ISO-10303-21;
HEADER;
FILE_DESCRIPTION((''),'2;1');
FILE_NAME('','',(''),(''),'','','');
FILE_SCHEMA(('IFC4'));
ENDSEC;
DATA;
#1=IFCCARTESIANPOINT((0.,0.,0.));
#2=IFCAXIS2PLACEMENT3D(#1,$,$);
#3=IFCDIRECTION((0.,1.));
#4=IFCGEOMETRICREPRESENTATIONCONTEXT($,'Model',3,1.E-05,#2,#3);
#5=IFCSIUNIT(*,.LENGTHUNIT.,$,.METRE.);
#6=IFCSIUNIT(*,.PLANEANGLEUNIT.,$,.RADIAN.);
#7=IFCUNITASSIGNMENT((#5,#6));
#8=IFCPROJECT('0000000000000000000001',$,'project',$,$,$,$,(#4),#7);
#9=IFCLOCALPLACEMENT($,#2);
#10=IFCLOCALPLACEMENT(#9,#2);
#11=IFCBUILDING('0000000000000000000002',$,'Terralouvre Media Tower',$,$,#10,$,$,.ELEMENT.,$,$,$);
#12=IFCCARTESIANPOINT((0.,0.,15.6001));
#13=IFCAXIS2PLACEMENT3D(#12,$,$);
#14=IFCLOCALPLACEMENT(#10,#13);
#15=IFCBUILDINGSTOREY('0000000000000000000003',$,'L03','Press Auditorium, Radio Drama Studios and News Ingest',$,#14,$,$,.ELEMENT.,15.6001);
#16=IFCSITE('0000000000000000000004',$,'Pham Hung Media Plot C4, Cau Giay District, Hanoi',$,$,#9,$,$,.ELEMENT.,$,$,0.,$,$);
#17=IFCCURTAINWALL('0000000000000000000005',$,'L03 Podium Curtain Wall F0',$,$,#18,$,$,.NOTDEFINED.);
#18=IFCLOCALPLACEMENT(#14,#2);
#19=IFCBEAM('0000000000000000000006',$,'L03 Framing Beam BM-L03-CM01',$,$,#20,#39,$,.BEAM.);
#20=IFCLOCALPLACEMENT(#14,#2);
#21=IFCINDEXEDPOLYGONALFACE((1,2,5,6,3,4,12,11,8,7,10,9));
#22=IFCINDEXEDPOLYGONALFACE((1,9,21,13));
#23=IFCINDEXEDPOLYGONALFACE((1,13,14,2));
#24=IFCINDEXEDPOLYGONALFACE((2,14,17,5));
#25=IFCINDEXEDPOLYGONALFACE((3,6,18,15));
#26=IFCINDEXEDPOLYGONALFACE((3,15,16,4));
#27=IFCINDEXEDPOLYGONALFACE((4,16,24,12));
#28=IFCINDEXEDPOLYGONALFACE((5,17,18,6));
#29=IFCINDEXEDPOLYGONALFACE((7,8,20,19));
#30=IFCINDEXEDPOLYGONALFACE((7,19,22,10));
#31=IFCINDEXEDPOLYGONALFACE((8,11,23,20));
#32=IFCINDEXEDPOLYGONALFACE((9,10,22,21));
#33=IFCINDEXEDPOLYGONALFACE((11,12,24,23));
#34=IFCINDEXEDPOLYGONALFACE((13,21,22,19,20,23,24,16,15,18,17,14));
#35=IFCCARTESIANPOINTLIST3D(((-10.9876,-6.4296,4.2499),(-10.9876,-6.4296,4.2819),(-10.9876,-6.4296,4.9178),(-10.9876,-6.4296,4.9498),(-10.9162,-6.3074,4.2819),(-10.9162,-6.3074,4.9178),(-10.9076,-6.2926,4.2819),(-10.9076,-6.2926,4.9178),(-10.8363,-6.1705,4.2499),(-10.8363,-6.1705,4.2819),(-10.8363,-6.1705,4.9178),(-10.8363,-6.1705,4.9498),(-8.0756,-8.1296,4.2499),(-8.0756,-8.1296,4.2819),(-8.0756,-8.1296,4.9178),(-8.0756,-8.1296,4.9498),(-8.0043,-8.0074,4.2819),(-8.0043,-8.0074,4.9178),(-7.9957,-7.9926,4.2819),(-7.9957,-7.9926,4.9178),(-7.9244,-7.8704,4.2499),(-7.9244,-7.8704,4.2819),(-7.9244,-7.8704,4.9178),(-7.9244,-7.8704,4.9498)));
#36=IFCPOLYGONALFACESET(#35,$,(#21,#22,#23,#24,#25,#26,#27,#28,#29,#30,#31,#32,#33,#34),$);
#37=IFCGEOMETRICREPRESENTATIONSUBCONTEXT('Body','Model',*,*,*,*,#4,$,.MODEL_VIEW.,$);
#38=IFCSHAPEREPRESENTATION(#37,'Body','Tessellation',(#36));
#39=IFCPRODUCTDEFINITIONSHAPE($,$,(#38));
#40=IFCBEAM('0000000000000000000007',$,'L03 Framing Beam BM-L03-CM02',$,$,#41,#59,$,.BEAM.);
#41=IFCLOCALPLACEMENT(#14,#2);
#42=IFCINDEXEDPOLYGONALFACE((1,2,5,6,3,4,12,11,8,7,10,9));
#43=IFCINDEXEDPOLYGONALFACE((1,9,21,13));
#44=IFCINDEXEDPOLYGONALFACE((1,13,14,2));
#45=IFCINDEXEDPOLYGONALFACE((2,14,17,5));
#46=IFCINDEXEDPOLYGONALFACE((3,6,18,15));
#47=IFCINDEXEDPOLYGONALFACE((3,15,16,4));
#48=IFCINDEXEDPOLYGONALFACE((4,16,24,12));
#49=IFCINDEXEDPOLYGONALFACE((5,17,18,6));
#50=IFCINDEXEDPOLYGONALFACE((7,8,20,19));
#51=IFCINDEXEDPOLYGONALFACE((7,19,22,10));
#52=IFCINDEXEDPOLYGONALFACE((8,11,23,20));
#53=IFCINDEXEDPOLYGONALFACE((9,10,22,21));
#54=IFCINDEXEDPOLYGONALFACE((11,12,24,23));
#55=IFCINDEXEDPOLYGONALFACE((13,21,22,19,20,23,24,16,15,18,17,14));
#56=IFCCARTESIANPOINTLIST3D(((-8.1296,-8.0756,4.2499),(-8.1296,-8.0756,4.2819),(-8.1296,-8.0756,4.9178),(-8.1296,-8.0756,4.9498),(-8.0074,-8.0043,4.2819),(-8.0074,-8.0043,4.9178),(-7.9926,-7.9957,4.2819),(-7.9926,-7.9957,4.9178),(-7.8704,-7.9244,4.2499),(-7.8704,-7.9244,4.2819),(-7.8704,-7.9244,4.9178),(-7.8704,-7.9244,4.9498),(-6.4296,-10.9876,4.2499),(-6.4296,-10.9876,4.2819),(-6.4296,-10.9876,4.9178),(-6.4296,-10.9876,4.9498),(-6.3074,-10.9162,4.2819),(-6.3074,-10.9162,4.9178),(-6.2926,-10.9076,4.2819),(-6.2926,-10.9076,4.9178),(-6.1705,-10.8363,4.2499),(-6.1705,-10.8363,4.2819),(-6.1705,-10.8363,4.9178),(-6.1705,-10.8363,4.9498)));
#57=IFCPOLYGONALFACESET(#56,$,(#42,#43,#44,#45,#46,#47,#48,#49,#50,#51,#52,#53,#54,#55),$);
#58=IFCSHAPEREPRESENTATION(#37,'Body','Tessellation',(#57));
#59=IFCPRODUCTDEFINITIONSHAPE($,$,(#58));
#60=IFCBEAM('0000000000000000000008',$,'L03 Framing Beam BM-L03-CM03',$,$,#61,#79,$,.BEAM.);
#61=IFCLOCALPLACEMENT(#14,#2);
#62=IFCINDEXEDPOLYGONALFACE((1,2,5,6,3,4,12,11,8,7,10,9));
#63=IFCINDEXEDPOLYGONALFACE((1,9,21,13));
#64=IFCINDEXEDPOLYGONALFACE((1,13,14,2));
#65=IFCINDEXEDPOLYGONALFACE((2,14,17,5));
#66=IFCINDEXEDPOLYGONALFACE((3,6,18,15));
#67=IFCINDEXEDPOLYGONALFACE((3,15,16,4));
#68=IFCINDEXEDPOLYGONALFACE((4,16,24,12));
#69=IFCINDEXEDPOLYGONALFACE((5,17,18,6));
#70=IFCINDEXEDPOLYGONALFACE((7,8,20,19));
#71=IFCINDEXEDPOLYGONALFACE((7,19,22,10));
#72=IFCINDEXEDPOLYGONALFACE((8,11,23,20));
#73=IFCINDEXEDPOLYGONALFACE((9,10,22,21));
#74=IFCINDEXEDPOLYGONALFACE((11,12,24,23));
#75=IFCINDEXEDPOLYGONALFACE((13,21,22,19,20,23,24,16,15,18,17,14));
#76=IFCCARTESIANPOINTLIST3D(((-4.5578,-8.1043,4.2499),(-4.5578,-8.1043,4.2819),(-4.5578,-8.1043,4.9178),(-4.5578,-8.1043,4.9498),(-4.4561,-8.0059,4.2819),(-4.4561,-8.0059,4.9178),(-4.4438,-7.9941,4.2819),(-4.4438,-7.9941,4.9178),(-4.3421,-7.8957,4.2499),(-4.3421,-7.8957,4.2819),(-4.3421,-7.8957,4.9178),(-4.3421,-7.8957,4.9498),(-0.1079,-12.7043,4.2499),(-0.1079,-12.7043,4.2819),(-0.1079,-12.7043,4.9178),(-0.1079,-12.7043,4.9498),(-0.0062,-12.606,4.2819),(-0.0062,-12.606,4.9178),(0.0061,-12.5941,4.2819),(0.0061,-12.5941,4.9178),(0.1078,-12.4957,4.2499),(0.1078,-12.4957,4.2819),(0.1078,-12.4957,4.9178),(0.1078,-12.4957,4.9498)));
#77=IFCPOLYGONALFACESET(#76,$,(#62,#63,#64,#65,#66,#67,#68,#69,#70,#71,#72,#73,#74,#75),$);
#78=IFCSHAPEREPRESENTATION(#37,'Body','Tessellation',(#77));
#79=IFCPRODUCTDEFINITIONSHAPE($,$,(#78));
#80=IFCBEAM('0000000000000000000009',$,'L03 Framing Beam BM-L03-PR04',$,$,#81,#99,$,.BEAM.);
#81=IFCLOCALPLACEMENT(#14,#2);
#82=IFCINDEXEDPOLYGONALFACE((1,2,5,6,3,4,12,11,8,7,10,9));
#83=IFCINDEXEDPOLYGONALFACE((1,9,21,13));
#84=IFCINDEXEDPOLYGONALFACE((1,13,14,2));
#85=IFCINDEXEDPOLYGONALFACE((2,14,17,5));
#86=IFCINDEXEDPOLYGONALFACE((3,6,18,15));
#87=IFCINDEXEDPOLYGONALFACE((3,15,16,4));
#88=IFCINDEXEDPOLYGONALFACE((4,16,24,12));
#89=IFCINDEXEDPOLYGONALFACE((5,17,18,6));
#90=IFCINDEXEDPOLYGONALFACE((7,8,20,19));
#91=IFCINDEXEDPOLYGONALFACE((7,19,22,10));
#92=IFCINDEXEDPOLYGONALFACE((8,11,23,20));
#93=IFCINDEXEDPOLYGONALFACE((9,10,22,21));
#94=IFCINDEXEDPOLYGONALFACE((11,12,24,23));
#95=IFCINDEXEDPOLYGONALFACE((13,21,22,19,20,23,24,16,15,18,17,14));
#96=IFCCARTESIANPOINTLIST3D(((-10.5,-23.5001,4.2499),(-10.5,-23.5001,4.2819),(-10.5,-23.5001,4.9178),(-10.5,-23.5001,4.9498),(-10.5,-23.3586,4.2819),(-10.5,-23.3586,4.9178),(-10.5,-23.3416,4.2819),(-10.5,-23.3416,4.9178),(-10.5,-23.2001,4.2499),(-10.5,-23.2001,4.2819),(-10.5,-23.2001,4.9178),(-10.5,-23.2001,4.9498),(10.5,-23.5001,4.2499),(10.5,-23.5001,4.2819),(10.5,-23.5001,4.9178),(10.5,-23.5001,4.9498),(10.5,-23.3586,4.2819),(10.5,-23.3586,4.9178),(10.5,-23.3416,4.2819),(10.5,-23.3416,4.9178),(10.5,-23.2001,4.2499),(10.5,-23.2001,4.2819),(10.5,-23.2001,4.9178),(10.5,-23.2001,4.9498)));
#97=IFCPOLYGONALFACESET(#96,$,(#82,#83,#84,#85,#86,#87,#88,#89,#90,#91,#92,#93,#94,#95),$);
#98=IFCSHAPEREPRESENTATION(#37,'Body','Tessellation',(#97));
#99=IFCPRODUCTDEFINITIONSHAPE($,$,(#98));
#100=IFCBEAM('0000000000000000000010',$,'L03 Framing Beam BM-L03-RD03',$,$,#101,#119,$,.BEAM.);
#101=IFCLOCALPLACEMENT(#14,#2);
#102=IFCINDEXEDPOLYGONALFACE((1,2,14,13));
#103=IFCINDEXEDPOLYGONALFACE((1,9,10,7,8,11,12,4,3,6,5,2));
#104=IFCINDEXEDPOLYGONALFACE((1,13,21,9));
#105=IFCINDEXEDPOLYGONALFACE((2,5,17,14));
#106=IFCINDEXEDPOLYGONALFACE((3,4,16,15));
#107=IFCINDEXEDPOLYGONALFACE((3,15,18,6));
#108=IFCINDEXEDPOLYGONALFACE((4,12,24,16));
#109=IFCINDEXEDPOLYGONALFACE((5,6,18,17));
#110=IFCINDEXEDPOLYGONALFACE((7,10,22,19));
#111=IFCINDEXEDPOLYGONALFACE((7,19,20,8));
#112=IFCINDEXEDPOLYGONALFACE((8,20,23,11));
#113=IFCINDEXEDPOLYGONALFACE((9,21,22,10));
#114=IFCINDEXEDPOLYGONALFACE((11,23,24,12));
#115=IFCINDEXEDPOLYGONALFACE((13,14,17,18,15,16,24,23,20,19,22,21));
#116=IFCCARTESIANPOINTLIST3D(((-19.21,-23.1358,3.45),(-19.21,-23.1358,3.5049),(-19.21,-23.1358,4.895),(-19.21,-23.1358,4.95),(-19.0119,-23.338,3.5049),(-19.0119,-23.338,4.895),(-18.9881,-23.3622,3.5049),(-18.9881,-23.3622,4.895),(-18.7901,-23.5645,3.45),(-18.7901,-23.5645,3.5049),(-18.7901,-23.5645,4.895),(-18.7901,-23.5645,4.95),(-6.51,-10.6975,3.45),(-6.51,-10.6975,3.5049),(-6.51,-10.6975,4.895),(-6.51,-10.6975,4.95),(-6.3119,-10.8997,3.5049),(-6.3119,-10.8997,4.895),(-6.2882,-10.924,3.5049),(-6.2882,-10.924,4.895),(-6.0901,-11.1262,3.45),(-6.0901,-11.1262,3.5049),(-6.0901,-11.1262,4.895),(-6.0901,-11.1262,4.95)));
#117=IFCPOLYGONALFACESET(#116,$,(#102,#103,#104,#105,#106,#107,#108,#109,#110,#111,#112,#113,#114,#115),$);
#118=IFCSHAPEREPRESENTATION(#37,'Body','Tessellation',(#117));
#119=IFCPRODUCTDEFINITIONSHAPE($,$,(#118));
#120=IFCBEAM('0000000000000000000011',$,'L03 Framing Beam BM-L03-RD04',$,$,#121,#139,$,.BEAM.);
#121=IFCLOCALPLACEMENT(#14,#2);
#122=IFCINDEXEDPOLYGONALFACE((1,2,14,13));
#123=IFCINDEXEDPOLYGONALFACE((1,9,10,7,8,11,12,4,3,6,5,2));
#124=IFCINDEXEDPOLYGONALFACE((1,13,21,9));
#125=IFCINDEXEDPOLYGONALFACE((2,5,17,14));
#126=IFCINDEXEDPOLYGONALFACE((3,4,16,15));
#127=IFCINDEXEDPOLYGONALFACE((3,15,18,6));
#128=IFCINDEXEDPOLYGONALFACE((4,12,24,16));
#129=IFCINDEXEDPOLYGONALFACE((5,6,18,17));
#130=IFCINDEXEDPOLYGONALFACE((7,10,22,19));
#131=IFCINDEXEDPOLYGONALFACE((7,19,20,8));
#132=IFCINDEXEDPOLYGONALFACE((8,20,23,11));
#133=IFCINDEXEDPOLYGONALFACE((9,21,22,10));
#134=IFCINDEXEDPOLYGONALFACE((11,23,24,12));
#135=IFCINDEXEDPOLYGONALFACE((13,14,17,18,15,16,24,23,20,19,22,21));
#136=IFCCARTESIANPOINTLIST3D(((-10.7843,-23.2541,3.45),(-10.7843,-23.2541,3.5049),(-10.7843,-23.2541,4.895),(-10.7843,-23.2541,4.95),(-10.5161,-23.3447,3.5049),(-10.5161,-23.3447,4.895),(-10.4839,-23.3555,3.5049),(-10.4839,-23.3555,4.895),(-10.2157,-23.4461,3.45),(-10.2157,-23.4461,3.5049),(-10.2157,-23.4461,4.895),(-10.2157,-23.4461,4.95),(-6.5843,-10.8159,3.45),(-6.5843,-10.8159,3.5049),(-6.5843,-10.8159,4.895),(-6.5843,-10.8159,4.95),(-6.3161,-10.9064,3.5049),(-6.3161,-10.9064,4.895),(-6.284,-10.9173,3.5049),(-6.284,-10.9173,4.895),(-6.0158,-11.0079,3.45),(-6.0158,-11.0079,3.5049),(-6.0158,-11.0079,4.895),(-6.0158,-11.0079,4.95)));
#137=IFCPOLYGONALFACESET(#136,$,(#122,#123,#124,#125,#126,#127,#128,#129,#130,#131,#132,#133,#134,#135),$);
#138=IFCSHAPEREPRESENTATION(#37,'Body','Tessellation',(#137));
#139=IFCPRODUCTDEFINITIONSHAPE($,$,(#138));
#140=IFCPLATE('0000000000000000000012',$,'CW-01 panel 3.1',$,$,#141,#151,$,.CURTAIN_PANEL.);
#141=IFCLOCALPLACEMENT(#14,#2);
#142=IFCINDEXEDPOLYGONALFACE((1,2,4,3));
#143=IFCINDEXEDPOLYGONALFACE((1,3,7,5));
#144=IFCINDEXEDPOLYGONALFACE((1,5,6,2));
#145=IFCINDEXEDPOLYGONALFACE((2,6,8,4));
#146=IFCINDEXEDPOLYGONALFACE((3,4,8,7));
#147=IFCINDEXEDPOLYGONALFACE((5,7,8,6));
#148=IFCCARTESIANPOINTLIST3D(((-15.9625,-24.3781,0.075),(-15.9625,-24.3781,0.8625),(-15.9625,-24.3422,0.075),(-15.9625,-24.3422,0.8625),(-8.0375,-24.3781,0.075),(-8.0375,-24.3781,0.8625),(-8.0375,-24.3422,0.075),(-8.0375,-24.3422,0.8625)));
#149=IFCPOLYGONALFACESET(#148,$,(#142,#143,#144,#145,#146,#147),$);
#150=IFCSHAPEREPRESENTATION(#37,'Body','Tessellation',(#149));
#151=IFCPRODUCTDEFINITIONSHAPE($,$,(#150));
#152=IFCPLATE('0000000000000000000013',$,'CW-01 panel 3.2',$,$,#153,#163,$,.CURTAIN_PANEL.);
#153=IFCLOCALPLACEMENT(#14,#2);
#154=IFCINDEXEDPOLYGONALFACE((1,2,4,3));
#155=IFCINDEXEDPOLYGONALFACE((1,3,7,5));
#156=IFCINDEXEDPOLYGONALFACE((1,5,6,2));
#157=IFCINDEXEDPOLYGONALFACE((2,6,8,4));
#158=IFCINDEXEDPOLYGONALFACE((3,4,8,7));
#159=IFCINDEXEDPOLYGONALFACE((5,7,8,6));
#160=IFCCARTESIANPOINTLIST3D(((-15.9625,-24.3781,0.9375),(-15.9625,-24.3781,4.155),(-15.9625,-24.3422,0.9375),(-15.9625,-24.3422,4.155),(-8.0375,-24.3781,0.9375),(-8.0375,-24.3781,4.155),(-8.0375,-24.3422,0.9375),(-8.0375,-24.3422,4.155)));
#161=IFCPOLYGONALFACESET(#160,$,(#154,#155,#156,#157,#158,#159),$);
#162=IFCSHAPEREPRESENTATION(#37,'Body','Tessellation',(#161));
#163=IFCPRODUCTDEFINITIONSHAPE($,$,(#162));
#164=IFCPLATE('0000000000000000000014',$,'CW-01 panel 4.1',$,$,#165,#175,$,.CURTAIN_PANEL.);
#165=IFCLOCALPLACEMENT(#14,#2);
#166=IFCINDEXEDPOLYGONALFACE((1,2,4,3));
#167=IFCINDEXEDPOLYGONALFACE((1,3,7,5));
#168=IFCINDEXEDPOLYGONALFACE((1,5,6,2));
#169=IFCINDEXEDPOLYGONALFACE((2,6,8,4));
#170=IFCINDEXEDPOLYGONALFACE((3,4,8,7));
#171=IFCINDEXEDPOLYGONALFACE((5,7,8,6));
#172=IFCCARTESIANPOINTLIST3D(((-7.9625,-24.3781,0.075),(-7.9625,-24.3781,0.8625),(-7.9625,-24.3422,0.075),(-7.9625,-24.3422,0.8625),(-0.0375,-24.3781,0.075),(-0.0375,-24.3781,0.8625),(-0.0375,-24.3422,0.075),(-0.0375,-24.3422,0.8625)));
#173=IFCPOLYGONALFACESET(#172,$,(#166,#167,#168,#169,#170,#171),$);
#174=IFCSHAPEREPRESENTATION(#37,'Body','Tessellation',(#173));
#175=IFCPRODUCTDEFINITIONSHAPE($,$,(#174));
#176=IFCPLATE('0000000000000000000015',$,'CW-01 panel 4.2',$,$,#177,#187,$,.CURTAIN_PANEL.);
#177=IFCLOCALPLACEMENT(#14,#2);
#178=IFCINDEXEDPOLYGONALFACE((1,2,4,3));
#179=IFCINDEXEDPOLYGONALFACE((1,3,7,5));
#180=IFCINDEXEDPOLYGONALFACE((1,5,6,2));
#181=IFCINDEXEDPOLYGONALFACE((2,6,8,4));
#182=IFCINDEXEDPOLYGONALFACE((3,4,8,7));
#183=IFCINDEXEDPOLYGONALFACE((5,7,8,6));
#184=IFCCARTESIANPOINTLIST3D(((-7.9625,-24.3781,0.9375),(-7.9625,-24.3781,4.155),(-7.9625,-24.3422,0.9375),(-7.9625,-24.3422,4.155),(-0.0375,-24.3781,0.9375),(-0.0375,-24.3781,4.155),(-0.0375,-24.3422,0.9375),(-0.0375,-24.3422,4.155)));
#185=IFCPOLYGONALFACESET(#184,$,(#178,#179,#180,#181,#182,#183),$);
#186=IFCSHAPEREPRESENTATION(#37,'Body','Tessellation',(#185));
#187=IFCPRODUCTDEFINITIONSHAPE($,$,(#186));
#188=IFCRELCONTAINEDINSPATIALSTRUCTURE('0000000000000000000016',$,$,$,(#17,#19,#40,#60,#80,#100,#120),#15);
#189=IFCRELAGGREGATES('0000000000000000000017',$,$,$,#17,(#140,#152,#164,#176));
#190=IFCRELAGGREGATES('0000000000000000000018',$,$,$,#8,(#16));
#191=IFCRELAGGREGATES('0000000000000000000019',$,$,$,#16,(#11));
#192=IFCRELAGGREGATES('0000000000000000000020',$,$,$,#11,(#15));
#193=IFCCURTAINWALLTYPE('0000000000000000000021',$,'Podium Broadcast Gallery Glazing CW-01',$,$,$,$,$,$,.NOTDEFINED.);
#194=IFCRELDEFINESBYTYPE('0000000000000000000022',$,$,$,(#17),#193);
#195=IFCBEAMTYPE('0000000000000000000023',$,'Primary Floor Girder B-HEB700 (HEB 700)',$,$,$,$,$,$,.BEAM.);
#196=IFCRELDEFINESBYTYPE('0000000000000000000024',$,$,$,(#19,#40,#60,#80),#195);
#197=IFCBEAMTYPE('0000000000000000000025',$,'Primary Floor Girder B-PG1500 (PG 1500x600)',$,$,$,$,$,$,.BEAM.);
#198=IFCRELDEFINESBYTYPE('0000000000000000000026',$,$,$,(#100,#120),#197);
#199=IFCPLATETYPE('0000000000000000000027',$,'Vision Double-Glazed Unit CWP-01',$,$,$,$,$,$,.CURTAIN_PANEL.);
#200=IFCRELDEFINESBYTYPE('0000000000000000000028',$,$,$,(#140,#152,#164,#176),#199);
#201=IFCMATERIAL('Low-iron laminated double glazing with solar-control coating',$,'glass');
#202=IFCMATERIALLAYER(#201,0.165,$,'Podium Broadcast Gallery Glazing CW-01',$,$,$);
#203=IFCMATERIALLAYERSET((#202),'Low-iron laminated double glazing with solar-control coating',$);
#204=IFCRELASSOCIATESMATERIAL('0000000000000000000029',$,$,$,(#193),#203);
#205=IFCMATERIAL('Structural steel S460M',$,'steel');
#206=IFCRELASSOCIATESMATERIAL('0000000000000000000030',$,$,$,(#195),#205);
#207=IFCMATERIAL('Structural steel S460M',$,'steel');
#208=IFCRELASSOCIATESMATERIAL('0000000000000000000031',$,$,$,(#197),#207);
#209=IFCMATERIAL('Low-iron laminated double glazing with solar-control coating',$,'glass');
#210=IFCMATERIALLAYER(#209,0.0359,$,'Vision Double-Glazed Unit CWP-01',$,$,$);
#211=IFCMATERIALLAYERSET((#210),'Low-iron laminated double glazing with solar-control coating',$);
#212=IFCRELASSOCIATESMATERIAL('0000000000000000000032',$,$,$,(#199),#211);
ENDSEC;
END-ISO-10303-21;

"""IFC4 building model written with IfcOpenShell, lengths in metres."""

from ifc_helpers import new_model, si_unit, direction, frame, origin, origin_2d, place, context, subcontext, project, spatial, rectangle, i_section, extrude, material, layer, layer_set, material_profile, profile_set, type_object, element, aggregate, save


model = new_model("IFC4")

# Units and contexts
model_context = context("Model", 3, precision=1e-05, world=origin(), true_north=direction((0.0, 1.0)))
body_context = subcontext(model_context, "Body", "Model", "MODEL_VIEW")
ifc_project = project(units=[si_unit("LENGTHUNIT", "METRE"), si_unit("PLANEANGLEUNIT", "RADIAN")], contexts=[model_context])

# Site, building, storey
site_placement = place(None, origin())
site = spatial("IfcSite", under=ifc_project, at=site_placement, Name="Pham Hung Media Plot C4, Cau Giay District, Hanoi", CompositionType="ELEMENT", RefElevation=0.0)
building_placement = place(site_placement, origin())
building = spatial("IfcBuilding", under=site, at=building_placement, Name="Terralouvre Media Tower", CompositionType="ELEMENT")
storey_placement = place(building_placement, frame((0.0, 0.0, 15.6001)))
storey = spatial("IfcBuildingStorey", under=building, at=storey_placement, Name="L03", Description="Press Auditorium, Radio Drama Studios and News Ingest", CompositionType="ELEMENT", Elevation=15.6001)

# Curtain wall
ifc_material_1 = material(Name="Low-iron laminated double glazing with solar-control coating", Category="glass")
ifc_layer_1 = layer(ifc_material_1, 0.165, Name="Podium Broadcast Gallery Glazing CW-01")
ifc_layer_set_1 = layer_set([ifc_layer_1], Name="Low-iron laminated double glazing with solar-control coating")
curtain_wall_type = type_object("IfcCurtainWallType", Name="Podium Broadcast Gallery Glazing CW-01", PredefinedType="NOTDEFINED", material=ifc_layer_set_1)
curtain_wall_placement = place(storey_placement, origin())
curtain_wall = element("IfcCurtainWall", 1, at=curtain_wall_placement, inside=storey, type_object=curtain_wall_type, Name="L03 Podium Curtain Wall F0", PredefinedType="NOTDEFINED")

# Beams
ifc_material_2 = material(Name="Structural steel S460M", Category="steel")
ifc_material_profile_1 = material_profile(ifc_material_2, i_section(OverallWidth=0.3, OverallDepth=0.7, WebThickness=0.0171, FlangeThickness=0.032, at=origin_2d()), Name="HEB 700")
ifc_profile_set_1 = profile_set([ifc_material_profile_1], Name="Structural steel S460M")
beam_type_1 = type_object("IfcBeamType", Name="Primary Floor Girder B-HEB700 (HEB 700)", PredefinedType="BEAM", material=ifc_profile_set_1)
for number, where, z_axis, x_axis, name in (
    (2, (-8.0, -8.0, 4.5999), (-0.863603, 0.504173, 0.0), (-0.504173, -0.863603, 0.0), "L03 Framing Beam BM-L03-CM01"),
    (3, (-8.0, -8.0, 4.5999), (0.504173, -0.863603, 0.0), (0.863603, 0.504173, 0.0), "L03 Framing Beam BM-L03-CM02"),
):
    element("IfcBeam", number, at=place(storey_placement, frame(where, z_axis=z_axis, x_axis=x_axis)), inside=storey, type_object=beam_type_1, Name=name, PredefinedType="BEAM", context=body_context, shape_type="SweptSolid", body=[
        extrude(i_section(OverallWidth=0.3, OverallDepth=0.7, WebThickness=0.0171, FlangeThickness=0.032, at=origin_2d()), origin(), (0.0, 0.0, 1.0), 3.3718),
    ])
beam_1_placement = place(storey_placement, frame((-4.45, -8.0, 4.5999), z_axis=(0.69528, -0.718739, 0.0), x_axis=(0.718739, 0.69528, 0.0)))
element("IfcBeam", 4, at=beam_1_placement, inside=storey, type_object=beam_type_1, Name="L03 Framing Beam BM-L03-CM03", PredefinedType="BEAM", context=body_context, shape_type="SweptSolid", body=[
    extrude(i_section(OverallWidth=0.3, OverallDepth=0.7, WebThickness=0.0171, FlangeThickness=0.032, at=origin_2d()), origin(), (0.0, 0.0, 1.0), 6.4001),
])
beam_2_placement = place(storey_placement, frame((-10.5, -23.3501, 4.5999), z_axis=(1.0, 0.0, 0.0), x_axis=(0.0, 1.0, 0.0)))
element("IfcBeam", 5, at=beam_2_placement, inside=storey, type_object=beam_type_1, Name="L03 Framing Beam BM-L03-PR04", PredefinedType="BEAM", context=body_context, shape_type="SweptSolid", body=[
    extrude(i_section(OverallWidth=0.3, OverallDepth=0.7, WebThickness=0.0171, FlangeThickness=0.032, at=origin_2d()), origin(), (0.0, 0.0, 1.0), 21.0),
])
ifc_material_3 = material(Name="Structural steel S460M", Category="steel")
ifc_material_profile_2 = material_profile(ifc_material_3, i_section(OverallWidth=0.6001, OverallDepth=1.5, WebThickness=0.0339, FlangeThickness=0.0549, at=origin_2d()), Name="PG 1500x600")
ifc_profile_set_2 = profile_set([ifc_material_profile_2], Name="Structural steel S460M")
beam_type_2 = type_object("IfcBeamType", Name="Primary Floor Girder B-PG1500 (PG 1500x600)", PredefinedType="BEAM", material=ifc_profile_set_2)
beam_3_placement = place(storey_placement, frame((-6.3, -10.9119, 4.2), z_axis=(-0.71443, -0.699707, 0.0), x_axis=(0.699707, -0.71443, 0.0)))
element("IfcBeam", 6, at=beam_3_placement, inside=storey, type_object=beam_type_2, Name="L03 Framing Beam BM-L03-RD03", PredefinedType="BEAM", context=body_context, shape_type="SweptSolid", body=[
    extrude(i_section(OverallWidth=0.6001, OverallDepth=1.5, WebThickness=0.0339, FlangeThickness=0.0549, at=origin_2d()), origin(), (0.0, 0.0, 1.0), 17.7764),
])
beam_4_placement = place(storey_placement, frame((-6.3, -10.9119, 4.2), z_axis=(-0.319919, -0.947445, 0.0), x_axis=(0.947445, -0.319919, 0.0)))
element("IfcBeam", 7, at=beam_4_placement, inside=storey, type_object=beam_type_2, Name="L03 Framing Beam BM-L03-RD04", PredefinedType="BEAM", context=body_context, shape_type="SweptSolid", body=[
    extrude(i_section(OverallWidth=0.6001, OverallDepth=1.5, WebThickness=0.0339, FlangeThickness=0.0549, at=origin_2d()), origin(), (0.0, 0.0, 1.0), 13.1282),
])

# Plates
ifc_material_4 = material(Name="Low-iron laminated double glazing with solar-control coating", Category="glass")
ifc_layer_2 = layer(ifc_material_4, 0.0359, Name="Vision Double-Glazed Unit CWP-01")
ifc_layer_set_2 = layer_set([ifc_layer_2], Name="Low-iron laminated double glazing with solar-control coating")
plate_type = type_object("IfcPlateType", Name="Vision Double-Glazed Unit CWP-01", PredefinedType="CURTAIN_PANEL", material=ifc_layer_set_2)
plate_1_placement = place(storey_placement, frame((-12.0, -24.3601, 0.075), z_axis=(0.0, 0.0, 1.0), x_axis=(1.0, 0.0, 0.0)))
plate_1 = element("IfcPlate", 8, at=plate_1_placement, type_object=plate_type, Name="CW-01 panel 3.1", PredefinedType="CURTAIN_PANEL", context=body_context, shape_type="SweptSolid", body=[
    extrude(rectangle(XDim=7.925, YDim=0.0359, at=origin_2d()), origin(), (0.0, 0.0, 1.0), 0.7876),
])
plate_2_placement = place(storey_placement, frame((-12.0, -24.3601, 0.9375), z_axis=(0.0, 0.0, 1.0), x_axis=(1.0, 0.0, 0.0)))
plate_2 = element("IfcPlate", 9, at=plate_2_placement, type_object=plate_type, Name="CW-01 panel 3.2", PredefinedType="CURTAIN_PANEL", context=body_context, shape_type="SweptSolid", body=[
    extrude(rectangle(XDim=7.925, YDim=0.0359, at=origin_2d()), origin(), (0.0, 0.0, 1.0), 3.2175),
])
plate_3_placement = place(storey_placement, frame((-4.0, -24.3601, 0.075), z_axis=(0.0, 0.0, 1.0), x_axis=(1.0, 0.0, 0.0)))
plate_3 = element("IfcPlate", 10, at=plate_3_placement, type_object=plate_type, Name="CW-01 panel 4.1", PredefinedType="CURTAIN_PANEL", context=body_context, shape_type="SweptSolid", body=[
    extrude(rectangle(XDim=7.925, YDim=0.0359, at=origin_2d()), origin(), (0.0, 0.0, 1.0), 0.7876),
])
plate_4_placement = place(storey_placement, frame((-4.0, -24.3601, 0.9375), z_axis=(0.0, 0.0, 1.0), x_axis=(1.0, 0.0, 0.0)))
plate_4 = element("IfcPlate", 11, at=plate_4_placement, type_object=plate_type, Name="CW-01 panel 4.2", PredefinedType="CURTAIN_PANEL", context=body_context, shape_type="SweptSolid", body=[
    extrude(rectangle(XDim=7.925, YDim=0.0359, at=origin_2d()), origin(), (0.0, 0.0, 1.0), 3.2175),
])
aggregate(curtain_wall, [plate_1, plate_2, plate_3, plate_4])

save(model, "model.ifc")
